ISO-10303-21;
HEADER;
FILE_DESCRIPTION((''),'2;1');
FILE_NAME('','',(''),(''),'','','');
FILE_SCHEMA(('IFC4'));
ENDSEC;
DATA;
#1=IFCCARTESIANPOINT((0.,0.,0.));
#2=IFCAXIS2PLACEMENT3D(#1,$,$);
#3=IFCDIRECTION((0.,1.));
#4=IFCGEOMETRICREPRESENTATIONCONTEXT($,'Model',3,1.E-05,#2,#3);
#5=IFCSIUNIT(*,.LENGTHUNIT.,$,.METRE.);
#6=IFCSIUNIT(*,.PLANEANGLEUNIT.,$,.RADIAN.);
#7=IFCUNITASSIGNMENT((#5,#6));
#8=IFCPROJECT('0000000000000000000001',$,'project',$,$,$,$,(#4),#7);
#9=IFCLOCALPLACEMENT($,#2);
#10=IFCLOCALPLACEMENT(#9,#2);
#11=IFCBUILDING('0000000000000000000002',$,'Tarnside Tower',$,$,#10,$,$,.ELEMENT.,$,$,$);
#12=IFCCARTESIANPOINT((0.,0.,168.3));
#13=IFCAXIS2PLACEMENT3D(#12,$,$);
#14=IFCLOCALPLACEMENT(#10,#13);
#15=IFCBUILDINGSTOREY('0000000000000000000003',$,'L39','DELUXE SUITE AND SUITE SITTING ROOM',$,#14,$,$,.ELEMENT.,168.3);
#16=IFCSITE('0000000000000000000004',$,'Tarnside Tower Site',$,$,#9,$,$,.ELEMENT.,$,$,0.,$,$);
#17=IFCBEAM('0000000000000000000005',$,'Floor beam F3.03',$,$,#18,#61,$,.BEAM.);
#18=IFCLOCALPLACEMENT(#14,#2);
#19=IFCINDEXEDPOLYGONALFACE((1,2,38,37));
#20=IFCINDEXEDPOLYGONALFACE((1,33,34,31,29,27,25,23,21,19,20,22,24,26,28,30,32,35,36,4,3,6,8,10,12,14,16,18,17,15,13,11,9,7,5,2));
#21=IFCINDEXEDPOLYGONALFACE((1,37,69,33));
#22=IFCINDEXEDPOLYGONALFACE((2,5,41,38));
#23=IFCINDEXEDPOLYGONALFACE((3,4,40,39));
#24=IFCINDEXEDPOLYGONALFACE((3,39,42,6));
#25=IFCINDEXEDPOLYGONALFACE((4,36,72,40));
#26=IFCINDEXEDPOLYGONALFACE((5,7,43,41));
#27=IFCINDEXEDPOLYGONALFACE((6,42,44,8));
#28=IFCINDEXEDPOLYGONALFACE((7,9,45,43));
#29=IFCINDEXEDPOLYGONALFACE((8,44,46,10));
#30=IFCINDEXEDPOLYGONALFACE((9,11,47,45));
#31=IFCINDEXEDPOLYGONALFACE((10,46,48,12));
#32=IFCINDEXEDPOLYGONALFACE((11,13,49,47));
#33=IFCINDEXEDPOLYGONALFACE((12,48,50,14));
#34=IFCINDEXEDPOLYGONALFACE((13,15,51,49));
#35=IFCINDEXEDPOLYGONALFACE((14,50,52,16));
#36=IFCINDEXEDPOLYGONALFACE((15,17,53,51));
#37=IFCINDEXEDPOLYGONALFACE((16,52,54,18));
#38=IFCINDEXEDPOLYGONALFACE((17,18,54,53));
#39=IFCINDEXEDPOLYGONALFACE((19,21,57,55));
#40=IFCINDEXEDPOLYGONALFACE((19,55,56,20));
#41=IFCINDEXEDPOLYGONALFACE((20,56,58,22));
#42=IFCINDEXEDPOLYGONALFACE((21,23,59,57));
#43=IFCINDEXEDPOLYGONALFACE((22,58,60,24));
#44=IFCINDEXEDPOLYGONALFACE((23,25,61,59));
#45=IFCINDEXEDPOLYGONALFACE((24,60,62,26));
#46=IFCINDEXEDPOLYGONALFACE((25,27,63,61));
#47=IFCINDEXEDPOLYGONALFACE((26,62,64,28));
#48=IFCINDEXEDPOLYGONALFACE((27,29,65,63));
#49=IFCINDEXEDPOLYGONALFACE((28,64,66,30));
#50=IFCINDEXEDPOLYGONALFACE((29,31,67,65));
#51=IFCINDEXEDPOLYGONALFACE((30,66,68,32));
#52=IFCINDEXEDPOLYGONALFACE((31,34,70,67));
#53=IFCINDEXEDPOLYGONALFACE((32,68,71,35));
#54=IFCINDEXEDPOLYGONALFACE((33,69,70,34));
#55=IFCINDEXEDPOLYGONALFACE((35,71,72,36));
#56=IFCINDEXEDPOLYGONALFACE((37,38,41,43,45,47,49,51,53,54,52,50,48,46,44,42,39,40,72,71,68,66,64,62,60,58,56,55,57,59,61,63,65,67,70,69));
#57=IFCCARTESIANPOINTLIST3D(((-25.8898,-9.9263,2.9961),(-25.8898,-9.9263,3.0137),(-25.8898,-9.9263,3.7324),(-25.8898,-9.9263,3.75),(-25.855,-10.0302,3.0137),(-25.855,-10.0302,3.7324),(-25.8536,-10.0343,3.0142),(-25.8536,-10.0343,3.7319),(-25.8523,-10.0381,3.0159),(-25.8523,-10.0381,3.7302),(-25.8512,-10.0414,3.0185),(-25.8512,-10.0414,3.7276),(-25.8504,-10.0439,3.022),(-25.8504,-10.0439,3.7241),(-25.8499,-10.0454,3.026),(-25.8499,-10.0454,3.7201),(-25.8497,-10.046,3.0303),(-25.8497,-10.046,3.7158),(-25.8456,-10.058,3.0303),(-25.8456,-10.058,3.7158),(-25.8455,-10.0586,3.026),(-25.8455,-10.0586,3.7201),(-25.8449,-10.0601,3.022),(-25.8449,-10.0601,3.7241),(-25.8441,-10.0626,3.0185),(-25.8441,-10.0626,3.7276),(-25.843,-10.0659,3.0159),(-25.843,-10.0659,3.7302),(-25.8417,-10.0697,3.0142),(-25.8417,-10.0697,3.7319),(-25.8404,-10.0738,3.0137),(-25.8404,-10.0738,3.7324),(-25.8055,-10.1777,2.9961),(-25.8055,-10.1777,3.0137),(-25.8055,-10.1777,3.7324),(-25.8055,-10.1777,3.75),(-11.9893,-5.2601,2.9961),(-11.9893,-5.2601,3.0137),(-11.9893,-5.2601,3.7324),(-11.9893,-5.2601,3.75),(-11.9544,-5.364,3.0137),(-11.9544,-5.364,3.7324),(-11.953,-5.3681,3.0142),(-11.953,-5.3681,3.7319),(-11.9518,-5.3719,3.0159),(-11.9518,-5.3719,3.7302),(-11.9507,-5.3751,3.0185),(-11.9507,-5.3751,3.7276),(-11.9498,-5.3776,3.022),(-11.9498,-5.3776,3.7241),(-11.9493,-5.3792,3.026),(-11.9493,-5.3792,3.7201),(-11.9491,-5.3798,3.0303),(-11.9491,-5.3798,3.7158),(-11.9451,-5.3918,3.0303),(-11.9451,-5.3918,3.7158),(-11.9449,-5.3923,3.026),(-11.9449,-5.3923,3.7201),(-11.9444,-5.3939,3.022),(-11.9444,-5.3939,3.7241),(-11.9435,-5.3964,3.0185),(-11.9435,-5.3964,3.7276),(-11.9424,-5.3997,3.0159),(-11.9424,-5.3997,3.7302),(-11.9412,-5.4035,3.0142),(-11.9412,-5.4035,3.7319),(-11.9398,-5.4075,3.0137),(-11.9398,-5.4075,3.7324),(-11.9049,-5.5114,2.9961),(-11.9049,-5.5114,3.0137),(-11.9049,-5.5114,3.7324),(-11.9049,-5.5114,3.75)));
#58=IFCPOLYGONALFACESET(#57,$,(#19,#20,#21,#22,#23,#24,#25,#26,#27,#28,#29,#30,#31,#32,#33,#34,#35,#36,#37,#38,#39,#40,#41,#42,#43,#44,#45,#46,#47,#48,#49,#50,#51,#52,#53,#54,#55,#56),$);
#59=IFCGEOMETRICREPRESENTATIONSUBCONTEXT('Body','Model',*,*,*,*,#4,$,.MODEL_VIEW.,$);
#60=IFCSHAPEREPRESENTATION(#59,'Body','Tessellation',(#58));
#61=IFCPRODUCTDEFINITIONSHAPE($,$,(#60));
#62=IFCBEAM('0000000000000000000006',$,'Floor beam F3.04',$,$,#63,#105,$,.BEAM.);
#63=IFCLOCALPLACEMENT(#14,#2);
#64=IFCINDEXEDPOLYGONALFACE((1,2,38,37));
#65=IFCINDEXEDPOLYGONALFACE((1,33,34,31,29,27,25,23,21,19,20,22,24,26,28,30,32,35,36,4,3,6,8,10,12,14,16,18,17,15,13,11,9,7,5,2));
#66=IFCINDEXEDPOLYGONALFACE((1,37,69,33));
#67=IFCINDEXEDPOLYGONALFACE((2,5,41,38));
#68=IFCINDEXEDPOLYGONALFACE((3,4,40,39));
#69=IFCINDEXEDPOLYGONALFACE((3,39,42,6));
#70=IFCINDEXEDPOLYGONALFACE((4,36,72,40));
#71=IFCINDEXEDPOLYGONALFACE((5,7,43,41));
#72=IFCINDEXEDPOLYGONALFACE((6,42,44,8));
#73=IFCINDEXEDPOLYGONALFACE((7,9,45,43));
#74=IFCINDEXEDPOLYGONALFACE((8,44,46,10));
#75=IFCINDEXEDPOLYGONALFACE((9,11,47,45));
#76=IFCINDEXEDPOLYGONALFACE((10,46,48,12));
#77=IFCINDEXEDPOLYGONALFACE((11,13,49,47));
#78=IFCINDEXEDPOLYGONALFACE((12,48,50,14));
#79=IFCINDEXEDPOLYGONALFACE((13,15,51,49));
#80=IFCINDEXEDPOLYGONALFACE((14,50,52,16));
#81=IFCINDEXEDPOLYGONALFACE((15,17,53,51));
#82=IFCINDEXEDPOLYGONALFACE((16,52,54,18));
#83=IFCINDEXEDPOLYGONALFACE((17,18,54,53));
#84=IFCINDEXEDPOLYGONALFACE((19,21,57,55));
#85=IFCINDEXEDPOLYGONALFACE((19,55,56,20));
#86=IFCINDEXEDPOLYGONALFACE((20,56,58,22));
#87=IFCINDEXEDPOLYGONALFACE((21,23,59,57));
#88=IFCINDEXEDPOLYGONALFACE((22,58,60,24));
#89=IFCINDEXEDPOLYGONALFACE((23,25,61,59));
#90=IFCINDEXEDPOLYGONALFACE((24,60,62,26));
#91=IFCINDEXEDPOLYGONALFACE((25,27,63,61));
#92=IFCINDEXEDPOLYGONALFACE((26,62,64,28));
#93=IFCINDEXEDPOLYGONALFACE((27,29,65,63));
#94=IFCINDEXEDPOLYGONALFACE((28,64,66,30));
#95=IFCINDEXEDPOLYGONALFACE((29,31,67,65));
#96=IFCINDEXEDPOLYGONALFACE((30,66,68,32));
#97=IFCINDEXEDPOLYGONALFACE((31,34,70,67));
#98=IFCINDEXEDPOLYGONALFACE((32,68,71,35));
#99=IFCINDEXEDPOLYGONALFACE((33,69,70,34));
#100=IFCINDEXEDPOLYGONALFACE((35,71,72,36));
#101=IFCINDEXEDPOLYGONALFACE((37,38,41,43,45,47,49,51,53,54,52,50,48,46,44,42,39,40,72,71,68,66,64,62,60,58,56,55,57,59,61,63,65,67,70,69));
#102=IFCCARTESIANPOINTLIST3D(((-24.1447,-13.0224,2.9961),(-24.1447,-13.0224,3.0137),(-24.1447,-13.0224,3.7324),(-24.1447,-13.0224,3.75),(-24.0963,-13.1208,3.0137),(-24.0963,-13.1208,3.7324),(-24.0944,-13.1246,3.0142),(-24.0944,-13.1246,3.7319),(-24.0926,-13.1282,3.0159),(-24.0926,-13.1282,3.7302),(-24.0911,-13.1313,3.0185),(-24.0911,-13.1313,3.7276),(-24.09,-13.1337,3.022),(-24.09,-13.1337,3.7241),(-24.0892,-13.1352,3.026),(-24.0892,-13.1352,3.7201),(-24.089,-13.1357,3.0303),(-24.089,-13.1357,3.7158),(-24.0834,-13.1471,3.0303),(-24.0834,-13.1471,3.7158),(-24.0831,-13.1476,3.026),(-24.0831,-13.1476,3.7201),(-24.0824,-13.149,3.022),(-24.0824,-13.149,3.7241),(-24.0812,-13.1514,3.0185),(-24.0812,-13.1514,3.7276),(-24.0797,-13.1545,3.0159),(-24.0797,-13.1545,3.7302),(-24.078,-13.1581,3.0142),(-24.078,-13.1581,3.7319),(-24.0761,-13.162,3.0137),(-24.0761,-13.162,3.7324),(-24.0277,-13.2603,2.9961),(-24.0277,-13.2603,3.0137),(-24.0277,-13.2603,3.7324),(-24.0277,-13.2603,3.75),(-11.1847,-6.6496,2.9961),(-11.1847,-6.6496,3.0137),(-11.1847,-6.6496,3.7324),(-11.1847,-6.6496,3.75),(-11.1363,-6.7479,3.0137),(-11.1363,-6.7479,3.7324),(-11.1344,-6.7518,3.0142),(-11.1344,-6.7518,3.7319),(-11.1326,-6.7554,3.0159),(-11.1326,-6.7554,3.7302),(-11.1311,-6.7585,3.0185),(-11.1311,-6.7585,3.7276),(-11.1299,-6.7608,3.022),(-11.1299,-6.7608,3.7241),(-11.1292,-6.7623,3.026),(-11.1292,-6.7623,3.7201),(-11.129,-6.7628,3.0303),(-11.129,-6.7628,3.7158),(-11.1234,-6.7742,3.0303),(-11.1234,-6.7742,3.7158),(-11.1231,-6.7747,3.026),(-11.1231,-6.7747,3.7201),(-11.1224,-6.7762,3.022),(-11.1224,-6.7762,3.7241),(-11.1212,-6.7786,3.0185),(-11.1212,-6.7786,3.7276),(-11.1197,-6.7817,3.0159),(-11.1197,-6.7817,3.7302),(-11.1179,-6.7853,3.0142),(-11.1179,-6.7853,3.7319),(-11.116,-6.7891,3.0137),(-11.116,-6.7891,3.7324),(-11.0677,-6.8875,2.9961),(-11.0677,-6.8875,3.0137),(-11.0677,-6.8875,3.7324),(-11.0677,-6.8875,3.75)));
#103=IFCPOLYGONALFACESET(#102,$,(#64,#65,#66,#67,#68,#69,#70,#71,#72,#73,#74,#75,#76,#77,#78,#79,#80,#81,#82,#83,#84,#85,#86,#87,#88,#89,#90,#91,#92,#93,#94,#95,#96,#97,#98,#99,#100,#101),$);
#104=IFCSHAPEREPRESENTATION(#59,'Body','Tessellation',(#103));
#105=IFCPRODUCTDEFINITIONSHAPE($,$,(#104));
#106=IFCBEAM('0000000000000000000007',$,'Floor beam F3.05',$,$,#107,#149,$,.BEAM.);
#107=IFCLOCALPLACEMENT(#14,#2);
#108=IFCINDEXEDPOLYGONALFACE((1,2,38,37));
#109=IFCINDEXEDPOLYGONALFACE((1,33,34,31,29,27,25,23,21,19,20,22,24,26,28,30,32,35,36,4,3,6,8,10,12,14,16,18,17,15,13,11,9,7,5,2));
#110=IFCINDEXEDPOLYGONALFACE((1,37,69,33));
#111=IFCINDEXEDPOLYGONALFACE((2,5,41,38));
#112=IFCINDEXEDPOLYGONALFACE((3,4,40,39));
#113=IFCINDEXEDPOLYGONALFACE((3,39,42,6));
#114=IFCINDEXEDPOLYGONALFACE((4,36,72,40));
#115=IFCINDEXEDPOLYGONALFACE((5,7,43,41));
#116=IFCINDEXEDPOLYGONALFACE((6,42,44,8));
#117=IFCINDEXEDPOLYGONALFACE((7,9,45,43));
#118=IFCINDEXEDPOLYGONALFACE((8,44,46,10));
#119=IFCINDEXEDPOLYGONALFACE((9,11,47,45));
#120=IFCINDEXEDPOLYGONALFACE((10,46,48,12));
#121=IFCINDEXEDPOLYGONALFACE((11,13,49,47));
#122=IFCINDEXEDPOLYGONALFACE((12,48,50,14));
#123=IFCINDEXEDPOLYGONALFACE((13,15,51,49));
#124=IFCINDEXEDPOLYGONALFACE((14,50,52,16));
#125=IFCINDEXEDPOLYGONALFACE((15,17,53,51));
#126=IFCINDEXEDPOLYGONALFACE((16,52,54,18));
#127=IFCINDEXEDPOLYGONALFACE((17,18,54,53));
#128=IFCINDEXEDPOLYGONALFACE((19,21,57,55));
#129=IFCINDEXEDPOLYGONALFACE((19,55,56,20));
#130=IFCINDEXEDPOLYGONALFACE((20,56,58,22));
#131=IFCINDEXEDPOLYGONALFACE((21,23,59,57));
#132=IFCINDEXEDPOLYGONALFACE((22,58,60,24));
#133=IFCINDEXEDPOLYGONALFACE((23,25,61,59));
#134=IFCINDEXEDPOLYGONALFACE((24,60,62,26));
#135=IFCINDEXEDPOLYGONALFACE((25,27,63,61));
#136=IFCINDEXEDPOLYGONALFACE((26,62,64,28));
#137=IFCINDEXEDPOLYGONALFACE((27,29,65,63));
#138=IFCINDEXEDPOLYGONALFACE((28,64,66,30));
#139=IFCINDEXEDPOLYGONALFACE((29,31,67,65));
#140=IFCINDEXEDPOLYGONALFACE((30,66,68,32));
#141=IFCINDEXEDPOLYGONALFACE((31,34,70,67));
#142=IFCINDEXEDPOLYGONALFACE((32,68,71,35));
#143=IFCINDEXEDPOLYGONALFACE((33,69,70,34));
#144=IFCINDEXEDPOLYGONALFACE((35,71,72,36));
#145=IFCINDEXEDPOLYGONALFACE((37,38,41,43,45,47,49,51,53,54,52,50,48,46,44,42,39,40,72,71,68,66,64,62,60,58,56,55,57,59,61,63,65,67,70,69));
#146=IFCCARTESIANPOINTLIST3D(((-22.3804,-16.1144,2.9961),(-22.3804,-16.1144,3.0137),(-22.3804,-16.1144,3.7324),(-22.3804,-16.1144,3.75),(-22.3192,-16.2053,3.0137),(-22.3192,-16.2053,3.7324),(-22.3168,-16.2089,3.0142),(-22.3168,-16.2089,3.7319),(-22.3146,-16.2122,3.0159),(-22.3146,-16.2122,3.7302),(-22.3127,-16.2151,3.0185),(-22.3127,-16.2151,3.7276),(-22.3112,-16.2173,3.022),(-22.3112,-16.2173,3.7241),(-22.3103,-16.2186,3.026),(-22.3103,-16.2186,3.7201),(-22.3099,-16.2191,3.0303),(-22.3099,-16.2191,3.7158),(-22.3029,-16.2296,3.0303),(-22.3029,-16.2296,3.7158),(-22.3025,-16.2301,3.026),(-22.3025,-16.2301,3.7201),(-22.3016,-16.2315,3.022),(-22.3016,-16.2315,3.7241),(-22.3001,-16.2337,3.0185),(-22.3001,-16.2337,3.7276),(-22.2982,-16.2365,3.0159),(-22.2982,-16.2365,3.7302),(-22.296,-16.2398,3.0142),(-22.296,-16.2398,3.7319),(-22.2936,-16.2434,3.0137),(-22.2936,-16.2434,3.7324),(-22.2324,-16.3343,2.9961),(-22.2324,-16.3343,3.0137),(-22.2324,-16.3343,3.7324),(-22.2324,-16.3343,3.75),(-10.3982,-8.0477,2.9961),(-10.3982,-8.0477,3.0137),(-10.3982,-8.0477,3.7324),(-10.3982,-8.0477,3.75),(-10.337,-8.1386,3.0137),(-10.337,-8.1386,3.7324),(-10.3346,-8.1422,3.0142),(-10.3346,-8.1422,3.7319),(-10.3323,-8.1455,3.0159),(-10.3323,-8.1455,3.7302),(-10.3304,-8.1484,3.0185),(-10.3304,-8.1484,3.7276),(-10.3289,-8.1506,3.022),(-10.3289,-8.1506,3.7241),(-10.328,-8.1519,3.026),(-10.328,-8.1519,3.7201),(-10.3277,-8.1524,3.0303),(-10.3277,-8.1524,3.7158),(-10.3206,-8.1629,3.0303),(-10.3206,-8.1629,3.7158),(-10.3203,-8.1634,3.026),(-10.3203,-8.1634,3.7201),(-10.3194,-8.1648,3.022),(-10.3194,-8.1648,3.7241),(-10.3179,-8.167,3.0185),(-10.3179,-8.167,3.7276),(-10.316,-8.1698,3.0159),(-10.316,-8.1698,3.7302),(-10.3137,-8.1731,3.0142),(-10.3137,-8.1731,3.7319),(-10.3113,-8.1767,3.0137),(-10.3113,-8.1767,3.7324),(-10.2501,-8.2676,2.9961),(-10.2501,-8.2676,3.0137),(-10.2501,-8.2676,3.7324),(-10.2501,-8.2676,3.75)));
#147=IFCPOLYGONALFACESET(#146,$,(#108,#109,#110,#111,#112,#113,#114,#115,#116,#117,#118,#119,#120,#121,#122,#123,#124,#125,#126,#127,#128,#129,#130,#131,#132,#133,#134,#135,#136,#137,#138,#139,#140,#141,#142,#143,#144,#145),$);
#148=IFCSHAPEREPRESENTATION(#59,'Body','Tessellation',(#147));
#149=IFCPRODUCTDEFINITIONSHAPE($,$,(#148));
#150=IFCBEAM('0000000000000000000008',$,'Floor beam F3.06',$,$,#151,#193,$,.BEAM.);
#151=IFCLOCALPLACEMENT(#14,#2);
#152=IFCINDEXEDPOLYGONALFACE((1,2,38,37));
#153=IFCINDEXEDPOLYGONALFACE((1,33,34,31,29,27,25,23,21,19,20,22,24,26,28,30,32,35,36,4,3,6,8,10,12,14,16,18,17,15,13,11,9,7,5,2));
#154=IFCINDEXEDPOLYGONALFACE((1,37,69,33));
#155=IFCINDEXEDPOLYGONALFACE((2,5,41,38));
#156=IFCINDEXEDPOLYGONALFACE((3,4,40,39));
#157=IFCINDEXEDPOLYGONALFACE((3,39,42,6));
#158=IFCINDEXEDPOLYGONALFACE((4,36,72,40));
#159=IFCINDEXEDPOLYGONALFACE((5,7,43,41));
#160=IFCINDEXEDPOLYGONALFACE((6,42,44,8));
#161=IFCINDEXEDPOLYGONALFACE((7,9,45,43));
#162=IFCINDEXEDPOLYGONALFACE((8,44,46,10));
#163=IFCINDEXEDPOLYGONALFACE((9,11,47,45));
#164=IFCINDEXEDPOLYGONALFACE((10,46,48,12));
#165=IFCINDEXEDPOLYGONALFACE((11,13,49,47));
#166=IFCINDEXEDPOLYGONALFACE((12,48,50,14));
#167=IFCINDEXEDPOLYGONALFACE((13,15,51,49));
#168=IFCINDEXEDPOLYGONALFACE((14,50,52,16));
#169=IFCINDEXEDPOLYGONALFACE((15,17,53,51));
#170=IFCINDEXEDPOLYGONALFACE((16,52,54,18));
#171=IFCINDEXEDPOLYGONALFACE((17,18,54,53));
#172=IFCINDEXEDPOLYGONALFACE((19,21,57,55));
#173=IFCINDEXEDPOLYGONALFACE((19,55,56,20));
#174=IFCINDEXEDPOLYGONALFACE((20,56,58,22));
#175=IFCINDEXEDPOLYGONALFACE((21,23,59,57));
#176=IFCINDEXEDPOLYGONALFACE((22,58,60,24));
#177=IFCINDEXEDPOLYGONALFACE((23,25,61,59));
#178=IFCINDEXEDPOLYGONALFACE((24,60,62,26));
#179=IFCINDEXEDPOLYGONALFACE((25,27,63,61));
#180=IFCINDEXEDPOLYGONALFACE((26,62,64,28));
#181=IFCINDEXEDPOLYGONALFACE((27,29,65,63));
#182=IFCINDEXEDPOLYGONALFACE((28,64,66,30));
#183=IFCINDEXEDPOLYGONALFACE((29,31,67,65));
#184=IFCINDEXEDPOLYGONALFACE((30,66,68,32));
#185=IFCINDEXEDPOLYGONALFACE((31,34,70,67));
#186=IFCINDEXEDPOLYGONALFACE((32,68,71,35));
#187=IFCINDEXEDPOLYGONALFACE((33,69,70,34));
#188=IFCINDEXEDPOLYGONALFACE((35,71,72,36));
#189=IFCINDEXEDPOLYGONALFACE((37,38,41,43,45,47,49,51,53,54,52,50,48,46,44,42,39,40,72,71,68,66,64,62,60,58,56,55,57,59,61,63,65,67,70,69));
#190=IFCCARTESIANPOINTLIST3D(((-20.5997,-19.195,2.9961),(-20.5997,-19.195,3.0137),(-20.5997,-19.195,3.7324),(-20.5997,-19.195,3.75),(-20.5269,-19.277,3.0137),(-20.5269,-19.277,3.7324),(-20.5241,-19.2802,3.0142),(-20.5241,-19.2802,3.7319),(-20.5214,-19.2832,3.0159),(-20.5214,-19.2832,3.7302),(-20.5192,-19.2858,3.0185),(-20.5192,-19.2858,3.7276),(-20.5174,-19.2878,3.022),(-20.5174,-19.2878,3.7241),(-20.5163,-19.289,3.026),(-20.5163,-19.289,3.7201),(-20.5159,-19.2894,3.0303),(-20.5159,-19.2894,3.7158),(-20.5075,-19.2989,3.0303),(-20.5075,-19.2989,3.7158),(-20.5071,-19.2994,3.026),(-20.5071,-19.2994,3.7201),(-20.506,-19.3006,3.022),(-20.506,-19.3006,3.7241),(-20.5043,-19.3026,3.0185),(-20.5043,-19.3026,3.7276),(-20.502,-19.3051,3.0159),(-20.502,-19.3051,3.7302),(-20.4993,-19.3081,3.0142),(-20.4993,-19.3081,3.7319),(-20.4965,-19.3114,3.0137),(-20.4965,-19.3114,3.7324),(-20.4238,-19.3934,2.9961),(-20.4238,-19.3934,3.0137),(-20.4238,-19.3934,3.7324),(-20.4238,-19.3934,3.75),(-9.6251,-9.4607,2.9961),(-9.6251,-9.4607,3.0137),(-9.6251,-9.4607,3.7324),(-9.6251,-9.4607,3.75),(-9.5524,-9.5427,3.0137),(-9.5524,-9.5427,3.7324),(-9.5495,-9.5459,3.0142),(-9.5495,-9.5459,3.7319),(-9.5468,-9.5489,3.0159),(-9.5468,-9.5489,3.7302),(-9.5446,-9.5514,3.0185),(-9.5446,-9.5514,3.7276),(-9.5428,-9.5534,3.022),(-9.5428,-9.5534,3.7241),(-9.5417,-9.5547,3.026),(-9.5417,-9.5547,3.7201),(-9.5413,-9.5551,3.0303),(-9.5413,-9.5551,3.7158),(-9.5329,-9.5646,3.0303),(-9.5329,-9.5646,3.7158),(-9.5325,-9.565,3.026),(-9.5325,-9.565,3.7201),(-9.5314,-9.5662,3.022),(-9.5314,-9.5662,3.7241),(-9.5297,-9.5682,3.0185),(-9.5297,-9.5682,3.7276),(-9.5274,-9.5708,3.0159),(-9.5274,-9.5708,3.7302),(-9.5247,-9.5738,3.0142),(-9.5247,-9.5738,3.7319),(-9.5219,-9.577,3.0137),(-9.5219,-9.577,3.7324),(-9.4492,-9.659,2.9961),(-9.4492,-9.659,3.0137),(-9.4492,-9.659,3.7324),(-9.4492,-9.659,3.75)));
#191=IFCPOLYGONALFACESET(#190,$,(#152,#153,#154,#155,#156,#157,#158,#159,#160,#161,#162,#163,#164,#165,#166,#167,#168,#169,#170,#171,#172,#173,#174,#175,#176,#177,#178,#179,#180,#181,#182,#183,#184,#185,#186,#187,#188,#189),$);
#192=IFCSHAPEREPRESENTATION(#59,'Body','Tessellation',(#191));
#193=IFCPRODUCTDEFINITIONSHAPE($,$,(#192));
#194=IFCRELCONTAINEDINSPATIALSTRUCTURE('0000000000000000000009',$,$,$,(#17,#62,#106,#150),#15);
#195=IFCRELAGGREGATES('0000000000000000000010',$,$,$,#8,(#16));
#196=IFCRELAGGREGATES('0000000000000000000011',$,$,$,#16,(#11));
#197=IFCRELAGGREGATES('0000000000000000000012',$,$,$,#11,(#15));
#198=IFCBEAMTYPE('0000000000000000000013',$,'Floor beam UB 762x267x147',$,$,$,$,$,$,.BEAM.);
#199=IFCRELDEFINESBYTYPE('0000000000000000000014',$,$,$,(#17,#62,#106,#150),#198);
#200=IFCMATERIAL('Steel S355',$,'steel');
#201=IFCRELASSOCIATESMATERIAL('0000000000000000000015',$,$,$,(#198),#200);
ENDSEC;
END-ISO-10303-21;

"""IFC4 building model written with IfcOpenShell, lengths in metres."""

from ifc_helpers import new_model, si_unit, direction, frame, origin, origin_2d, place, context, subcontext, project, spatial, i_section, extrude, material, material_profile, profile_set, type_object, element, save


model = new_model("IFC4")

# Units and contexts
model_context = context("Model", 3, precision=1e-05, world=origin(), true_north=direction((0.0, 1.0)))
body_context = subcontext(model_context, "Body", "Model", "MODEL_VIEW")
ifc_project = project(units=[si_unit("LENGTHUNIT", "METRE"), si_unit("PLANEANGLEUNIT", "RADIAN")], contexts=[model_context])

# Site, building, storey
site_placement = place(None, origin())
site = spatial("IfcSite", under=ifc_project, at=site_placement, Name="Tarnside Tower Site", CompositionType="ELEMENT", RefElevation=0.0)
building_placement = place(site_placement, origin())
building = spatial("IfcBuilding", under=site, at=building_placement, Name="Tarnside Tower", CompositionType="ELEMENT")
storey_placement = place(building_placement, frame((0.0, 0.0, 168.3)))
storey = spatial("IfcBuildingStorey", under=building, at=storey_placement, Name="L39", Description="DELUXE SUITE AND SUITE SITTING ROOM", CompositionType="ELEMENT", Elevation=168.3)

# Beams
ifc_material_1 = material(Name="Steel S355", Category="steel")
ifc_material_profile_1 = material_profile(ifc_material_1, i_section(OverallWidth=0.2651, OverallDepth=0.7539, WebThickness=0.0127, FlangeThickness=0.0176, FilletRadius=0.0166, at=origin_2d()), Name="UB 762x267x147")
ifc_profile_set_1 = profile_set([ifc_material_profile_1], Name="Steel S355")
beam_type_1 = type_object("IfcBeamType", Name="Floor beam UB 762x267x147", PredefinedType="BEAM", material=ifc_profile_set_1)
beam_1_placement = place(storey_placement, frame((-25.8477, -10.052, 3.373), z_axis=(0.948012, 0.318235, 0.0), x_axis=(-0.318235, 0.948012, 0.0)))
element("IfcBeam", 1, at=beam_1_placement, inside=storey, type_object=beam_type_1, Name="Floor beam F3.03", PredefinedType="BEAM", context=body_context, shape_type="SweptSolid", body=[
    extrude(i_section(OverallWidth=0.2651, OverallDepth=0.7539, WebThickness=0.0127, FlangeThickness=0.0176, FilletRadius=0.0166, at=origin_2d()), origin(), (0.0, 0.0, 1.0), 14.6628),
])
beam_2_placement = place(storey_placement, frame((-24.0862, -13.1414, 3.373), z_axis=(0.897376, 0.441267, 0.0), x_axis=(-0.441267, 0.897376, 0.0)))
element("IfcBeam", 2, at=beam_2_placement, inside=storey, type_object=beam_type_1, Name="Floor beam F3.04", PredefinedType="BEAM", context=body_context, shape_type="SweptSolid", body=[
    extrude(i_section(OverallWidth=0.2651, OverallDepth=0.7539, WebThickness=0.0127, FlangeThickness=0.0176, FilletRadius=0.0166, at=origin_2d()), origin(), (0.0, 0.0, 1.0), 14.4421),
])
beam_3_placement = place(storey_placement, frame((-22.3064, -16.2244, 3.373), z_axis=(0.829532, 0.558458, 0.0), x_axis=(-0.558458, 0.829532, 0.0)))
element("IfcBeam", 3, at=beam_3_placement, inside=storey, type_object=beam_type_1, Name="Floor beam F3.05", PredefinedType="BEAM", context=body_context, shape_type="SweptSolid", body=[
    extrude(i_section(OverallWidth=0.2651, OverallDepth=0.7539, WebThickness=0.0127, FlangeThickness=0.0176, FilletRadius=0.0166, at=origin_2d()), origin(), (0.0, 0.0, 1.0), 14.4446),
])
beam_4_placement = place(storey_placement, frame((-20.5117, -19.2942, 3.373), z_axis=(0.748114, 0.66357, 0.0), x_axis=(-0.66357, 0.748114, 0.0)))
element("IfcBeam", 4, at=beam_4_placement, inside=storey, type_object=beam_type_1, Name="Floor beam F3.06", PredefinedType="BEAM", context=body_context, shape_type="SweptSolid", body=[
    extrude(i_section(OverallWidth=0.2651, OverallDepth=0.7539, WebThickness=0.0127, FlangeThickness=0.0176, FilletRadius=0.0166, at=origin_2d()), origin(), (0.0, 0.0, 1.0), 14.6697),
])

save(model, "model.ifc")
